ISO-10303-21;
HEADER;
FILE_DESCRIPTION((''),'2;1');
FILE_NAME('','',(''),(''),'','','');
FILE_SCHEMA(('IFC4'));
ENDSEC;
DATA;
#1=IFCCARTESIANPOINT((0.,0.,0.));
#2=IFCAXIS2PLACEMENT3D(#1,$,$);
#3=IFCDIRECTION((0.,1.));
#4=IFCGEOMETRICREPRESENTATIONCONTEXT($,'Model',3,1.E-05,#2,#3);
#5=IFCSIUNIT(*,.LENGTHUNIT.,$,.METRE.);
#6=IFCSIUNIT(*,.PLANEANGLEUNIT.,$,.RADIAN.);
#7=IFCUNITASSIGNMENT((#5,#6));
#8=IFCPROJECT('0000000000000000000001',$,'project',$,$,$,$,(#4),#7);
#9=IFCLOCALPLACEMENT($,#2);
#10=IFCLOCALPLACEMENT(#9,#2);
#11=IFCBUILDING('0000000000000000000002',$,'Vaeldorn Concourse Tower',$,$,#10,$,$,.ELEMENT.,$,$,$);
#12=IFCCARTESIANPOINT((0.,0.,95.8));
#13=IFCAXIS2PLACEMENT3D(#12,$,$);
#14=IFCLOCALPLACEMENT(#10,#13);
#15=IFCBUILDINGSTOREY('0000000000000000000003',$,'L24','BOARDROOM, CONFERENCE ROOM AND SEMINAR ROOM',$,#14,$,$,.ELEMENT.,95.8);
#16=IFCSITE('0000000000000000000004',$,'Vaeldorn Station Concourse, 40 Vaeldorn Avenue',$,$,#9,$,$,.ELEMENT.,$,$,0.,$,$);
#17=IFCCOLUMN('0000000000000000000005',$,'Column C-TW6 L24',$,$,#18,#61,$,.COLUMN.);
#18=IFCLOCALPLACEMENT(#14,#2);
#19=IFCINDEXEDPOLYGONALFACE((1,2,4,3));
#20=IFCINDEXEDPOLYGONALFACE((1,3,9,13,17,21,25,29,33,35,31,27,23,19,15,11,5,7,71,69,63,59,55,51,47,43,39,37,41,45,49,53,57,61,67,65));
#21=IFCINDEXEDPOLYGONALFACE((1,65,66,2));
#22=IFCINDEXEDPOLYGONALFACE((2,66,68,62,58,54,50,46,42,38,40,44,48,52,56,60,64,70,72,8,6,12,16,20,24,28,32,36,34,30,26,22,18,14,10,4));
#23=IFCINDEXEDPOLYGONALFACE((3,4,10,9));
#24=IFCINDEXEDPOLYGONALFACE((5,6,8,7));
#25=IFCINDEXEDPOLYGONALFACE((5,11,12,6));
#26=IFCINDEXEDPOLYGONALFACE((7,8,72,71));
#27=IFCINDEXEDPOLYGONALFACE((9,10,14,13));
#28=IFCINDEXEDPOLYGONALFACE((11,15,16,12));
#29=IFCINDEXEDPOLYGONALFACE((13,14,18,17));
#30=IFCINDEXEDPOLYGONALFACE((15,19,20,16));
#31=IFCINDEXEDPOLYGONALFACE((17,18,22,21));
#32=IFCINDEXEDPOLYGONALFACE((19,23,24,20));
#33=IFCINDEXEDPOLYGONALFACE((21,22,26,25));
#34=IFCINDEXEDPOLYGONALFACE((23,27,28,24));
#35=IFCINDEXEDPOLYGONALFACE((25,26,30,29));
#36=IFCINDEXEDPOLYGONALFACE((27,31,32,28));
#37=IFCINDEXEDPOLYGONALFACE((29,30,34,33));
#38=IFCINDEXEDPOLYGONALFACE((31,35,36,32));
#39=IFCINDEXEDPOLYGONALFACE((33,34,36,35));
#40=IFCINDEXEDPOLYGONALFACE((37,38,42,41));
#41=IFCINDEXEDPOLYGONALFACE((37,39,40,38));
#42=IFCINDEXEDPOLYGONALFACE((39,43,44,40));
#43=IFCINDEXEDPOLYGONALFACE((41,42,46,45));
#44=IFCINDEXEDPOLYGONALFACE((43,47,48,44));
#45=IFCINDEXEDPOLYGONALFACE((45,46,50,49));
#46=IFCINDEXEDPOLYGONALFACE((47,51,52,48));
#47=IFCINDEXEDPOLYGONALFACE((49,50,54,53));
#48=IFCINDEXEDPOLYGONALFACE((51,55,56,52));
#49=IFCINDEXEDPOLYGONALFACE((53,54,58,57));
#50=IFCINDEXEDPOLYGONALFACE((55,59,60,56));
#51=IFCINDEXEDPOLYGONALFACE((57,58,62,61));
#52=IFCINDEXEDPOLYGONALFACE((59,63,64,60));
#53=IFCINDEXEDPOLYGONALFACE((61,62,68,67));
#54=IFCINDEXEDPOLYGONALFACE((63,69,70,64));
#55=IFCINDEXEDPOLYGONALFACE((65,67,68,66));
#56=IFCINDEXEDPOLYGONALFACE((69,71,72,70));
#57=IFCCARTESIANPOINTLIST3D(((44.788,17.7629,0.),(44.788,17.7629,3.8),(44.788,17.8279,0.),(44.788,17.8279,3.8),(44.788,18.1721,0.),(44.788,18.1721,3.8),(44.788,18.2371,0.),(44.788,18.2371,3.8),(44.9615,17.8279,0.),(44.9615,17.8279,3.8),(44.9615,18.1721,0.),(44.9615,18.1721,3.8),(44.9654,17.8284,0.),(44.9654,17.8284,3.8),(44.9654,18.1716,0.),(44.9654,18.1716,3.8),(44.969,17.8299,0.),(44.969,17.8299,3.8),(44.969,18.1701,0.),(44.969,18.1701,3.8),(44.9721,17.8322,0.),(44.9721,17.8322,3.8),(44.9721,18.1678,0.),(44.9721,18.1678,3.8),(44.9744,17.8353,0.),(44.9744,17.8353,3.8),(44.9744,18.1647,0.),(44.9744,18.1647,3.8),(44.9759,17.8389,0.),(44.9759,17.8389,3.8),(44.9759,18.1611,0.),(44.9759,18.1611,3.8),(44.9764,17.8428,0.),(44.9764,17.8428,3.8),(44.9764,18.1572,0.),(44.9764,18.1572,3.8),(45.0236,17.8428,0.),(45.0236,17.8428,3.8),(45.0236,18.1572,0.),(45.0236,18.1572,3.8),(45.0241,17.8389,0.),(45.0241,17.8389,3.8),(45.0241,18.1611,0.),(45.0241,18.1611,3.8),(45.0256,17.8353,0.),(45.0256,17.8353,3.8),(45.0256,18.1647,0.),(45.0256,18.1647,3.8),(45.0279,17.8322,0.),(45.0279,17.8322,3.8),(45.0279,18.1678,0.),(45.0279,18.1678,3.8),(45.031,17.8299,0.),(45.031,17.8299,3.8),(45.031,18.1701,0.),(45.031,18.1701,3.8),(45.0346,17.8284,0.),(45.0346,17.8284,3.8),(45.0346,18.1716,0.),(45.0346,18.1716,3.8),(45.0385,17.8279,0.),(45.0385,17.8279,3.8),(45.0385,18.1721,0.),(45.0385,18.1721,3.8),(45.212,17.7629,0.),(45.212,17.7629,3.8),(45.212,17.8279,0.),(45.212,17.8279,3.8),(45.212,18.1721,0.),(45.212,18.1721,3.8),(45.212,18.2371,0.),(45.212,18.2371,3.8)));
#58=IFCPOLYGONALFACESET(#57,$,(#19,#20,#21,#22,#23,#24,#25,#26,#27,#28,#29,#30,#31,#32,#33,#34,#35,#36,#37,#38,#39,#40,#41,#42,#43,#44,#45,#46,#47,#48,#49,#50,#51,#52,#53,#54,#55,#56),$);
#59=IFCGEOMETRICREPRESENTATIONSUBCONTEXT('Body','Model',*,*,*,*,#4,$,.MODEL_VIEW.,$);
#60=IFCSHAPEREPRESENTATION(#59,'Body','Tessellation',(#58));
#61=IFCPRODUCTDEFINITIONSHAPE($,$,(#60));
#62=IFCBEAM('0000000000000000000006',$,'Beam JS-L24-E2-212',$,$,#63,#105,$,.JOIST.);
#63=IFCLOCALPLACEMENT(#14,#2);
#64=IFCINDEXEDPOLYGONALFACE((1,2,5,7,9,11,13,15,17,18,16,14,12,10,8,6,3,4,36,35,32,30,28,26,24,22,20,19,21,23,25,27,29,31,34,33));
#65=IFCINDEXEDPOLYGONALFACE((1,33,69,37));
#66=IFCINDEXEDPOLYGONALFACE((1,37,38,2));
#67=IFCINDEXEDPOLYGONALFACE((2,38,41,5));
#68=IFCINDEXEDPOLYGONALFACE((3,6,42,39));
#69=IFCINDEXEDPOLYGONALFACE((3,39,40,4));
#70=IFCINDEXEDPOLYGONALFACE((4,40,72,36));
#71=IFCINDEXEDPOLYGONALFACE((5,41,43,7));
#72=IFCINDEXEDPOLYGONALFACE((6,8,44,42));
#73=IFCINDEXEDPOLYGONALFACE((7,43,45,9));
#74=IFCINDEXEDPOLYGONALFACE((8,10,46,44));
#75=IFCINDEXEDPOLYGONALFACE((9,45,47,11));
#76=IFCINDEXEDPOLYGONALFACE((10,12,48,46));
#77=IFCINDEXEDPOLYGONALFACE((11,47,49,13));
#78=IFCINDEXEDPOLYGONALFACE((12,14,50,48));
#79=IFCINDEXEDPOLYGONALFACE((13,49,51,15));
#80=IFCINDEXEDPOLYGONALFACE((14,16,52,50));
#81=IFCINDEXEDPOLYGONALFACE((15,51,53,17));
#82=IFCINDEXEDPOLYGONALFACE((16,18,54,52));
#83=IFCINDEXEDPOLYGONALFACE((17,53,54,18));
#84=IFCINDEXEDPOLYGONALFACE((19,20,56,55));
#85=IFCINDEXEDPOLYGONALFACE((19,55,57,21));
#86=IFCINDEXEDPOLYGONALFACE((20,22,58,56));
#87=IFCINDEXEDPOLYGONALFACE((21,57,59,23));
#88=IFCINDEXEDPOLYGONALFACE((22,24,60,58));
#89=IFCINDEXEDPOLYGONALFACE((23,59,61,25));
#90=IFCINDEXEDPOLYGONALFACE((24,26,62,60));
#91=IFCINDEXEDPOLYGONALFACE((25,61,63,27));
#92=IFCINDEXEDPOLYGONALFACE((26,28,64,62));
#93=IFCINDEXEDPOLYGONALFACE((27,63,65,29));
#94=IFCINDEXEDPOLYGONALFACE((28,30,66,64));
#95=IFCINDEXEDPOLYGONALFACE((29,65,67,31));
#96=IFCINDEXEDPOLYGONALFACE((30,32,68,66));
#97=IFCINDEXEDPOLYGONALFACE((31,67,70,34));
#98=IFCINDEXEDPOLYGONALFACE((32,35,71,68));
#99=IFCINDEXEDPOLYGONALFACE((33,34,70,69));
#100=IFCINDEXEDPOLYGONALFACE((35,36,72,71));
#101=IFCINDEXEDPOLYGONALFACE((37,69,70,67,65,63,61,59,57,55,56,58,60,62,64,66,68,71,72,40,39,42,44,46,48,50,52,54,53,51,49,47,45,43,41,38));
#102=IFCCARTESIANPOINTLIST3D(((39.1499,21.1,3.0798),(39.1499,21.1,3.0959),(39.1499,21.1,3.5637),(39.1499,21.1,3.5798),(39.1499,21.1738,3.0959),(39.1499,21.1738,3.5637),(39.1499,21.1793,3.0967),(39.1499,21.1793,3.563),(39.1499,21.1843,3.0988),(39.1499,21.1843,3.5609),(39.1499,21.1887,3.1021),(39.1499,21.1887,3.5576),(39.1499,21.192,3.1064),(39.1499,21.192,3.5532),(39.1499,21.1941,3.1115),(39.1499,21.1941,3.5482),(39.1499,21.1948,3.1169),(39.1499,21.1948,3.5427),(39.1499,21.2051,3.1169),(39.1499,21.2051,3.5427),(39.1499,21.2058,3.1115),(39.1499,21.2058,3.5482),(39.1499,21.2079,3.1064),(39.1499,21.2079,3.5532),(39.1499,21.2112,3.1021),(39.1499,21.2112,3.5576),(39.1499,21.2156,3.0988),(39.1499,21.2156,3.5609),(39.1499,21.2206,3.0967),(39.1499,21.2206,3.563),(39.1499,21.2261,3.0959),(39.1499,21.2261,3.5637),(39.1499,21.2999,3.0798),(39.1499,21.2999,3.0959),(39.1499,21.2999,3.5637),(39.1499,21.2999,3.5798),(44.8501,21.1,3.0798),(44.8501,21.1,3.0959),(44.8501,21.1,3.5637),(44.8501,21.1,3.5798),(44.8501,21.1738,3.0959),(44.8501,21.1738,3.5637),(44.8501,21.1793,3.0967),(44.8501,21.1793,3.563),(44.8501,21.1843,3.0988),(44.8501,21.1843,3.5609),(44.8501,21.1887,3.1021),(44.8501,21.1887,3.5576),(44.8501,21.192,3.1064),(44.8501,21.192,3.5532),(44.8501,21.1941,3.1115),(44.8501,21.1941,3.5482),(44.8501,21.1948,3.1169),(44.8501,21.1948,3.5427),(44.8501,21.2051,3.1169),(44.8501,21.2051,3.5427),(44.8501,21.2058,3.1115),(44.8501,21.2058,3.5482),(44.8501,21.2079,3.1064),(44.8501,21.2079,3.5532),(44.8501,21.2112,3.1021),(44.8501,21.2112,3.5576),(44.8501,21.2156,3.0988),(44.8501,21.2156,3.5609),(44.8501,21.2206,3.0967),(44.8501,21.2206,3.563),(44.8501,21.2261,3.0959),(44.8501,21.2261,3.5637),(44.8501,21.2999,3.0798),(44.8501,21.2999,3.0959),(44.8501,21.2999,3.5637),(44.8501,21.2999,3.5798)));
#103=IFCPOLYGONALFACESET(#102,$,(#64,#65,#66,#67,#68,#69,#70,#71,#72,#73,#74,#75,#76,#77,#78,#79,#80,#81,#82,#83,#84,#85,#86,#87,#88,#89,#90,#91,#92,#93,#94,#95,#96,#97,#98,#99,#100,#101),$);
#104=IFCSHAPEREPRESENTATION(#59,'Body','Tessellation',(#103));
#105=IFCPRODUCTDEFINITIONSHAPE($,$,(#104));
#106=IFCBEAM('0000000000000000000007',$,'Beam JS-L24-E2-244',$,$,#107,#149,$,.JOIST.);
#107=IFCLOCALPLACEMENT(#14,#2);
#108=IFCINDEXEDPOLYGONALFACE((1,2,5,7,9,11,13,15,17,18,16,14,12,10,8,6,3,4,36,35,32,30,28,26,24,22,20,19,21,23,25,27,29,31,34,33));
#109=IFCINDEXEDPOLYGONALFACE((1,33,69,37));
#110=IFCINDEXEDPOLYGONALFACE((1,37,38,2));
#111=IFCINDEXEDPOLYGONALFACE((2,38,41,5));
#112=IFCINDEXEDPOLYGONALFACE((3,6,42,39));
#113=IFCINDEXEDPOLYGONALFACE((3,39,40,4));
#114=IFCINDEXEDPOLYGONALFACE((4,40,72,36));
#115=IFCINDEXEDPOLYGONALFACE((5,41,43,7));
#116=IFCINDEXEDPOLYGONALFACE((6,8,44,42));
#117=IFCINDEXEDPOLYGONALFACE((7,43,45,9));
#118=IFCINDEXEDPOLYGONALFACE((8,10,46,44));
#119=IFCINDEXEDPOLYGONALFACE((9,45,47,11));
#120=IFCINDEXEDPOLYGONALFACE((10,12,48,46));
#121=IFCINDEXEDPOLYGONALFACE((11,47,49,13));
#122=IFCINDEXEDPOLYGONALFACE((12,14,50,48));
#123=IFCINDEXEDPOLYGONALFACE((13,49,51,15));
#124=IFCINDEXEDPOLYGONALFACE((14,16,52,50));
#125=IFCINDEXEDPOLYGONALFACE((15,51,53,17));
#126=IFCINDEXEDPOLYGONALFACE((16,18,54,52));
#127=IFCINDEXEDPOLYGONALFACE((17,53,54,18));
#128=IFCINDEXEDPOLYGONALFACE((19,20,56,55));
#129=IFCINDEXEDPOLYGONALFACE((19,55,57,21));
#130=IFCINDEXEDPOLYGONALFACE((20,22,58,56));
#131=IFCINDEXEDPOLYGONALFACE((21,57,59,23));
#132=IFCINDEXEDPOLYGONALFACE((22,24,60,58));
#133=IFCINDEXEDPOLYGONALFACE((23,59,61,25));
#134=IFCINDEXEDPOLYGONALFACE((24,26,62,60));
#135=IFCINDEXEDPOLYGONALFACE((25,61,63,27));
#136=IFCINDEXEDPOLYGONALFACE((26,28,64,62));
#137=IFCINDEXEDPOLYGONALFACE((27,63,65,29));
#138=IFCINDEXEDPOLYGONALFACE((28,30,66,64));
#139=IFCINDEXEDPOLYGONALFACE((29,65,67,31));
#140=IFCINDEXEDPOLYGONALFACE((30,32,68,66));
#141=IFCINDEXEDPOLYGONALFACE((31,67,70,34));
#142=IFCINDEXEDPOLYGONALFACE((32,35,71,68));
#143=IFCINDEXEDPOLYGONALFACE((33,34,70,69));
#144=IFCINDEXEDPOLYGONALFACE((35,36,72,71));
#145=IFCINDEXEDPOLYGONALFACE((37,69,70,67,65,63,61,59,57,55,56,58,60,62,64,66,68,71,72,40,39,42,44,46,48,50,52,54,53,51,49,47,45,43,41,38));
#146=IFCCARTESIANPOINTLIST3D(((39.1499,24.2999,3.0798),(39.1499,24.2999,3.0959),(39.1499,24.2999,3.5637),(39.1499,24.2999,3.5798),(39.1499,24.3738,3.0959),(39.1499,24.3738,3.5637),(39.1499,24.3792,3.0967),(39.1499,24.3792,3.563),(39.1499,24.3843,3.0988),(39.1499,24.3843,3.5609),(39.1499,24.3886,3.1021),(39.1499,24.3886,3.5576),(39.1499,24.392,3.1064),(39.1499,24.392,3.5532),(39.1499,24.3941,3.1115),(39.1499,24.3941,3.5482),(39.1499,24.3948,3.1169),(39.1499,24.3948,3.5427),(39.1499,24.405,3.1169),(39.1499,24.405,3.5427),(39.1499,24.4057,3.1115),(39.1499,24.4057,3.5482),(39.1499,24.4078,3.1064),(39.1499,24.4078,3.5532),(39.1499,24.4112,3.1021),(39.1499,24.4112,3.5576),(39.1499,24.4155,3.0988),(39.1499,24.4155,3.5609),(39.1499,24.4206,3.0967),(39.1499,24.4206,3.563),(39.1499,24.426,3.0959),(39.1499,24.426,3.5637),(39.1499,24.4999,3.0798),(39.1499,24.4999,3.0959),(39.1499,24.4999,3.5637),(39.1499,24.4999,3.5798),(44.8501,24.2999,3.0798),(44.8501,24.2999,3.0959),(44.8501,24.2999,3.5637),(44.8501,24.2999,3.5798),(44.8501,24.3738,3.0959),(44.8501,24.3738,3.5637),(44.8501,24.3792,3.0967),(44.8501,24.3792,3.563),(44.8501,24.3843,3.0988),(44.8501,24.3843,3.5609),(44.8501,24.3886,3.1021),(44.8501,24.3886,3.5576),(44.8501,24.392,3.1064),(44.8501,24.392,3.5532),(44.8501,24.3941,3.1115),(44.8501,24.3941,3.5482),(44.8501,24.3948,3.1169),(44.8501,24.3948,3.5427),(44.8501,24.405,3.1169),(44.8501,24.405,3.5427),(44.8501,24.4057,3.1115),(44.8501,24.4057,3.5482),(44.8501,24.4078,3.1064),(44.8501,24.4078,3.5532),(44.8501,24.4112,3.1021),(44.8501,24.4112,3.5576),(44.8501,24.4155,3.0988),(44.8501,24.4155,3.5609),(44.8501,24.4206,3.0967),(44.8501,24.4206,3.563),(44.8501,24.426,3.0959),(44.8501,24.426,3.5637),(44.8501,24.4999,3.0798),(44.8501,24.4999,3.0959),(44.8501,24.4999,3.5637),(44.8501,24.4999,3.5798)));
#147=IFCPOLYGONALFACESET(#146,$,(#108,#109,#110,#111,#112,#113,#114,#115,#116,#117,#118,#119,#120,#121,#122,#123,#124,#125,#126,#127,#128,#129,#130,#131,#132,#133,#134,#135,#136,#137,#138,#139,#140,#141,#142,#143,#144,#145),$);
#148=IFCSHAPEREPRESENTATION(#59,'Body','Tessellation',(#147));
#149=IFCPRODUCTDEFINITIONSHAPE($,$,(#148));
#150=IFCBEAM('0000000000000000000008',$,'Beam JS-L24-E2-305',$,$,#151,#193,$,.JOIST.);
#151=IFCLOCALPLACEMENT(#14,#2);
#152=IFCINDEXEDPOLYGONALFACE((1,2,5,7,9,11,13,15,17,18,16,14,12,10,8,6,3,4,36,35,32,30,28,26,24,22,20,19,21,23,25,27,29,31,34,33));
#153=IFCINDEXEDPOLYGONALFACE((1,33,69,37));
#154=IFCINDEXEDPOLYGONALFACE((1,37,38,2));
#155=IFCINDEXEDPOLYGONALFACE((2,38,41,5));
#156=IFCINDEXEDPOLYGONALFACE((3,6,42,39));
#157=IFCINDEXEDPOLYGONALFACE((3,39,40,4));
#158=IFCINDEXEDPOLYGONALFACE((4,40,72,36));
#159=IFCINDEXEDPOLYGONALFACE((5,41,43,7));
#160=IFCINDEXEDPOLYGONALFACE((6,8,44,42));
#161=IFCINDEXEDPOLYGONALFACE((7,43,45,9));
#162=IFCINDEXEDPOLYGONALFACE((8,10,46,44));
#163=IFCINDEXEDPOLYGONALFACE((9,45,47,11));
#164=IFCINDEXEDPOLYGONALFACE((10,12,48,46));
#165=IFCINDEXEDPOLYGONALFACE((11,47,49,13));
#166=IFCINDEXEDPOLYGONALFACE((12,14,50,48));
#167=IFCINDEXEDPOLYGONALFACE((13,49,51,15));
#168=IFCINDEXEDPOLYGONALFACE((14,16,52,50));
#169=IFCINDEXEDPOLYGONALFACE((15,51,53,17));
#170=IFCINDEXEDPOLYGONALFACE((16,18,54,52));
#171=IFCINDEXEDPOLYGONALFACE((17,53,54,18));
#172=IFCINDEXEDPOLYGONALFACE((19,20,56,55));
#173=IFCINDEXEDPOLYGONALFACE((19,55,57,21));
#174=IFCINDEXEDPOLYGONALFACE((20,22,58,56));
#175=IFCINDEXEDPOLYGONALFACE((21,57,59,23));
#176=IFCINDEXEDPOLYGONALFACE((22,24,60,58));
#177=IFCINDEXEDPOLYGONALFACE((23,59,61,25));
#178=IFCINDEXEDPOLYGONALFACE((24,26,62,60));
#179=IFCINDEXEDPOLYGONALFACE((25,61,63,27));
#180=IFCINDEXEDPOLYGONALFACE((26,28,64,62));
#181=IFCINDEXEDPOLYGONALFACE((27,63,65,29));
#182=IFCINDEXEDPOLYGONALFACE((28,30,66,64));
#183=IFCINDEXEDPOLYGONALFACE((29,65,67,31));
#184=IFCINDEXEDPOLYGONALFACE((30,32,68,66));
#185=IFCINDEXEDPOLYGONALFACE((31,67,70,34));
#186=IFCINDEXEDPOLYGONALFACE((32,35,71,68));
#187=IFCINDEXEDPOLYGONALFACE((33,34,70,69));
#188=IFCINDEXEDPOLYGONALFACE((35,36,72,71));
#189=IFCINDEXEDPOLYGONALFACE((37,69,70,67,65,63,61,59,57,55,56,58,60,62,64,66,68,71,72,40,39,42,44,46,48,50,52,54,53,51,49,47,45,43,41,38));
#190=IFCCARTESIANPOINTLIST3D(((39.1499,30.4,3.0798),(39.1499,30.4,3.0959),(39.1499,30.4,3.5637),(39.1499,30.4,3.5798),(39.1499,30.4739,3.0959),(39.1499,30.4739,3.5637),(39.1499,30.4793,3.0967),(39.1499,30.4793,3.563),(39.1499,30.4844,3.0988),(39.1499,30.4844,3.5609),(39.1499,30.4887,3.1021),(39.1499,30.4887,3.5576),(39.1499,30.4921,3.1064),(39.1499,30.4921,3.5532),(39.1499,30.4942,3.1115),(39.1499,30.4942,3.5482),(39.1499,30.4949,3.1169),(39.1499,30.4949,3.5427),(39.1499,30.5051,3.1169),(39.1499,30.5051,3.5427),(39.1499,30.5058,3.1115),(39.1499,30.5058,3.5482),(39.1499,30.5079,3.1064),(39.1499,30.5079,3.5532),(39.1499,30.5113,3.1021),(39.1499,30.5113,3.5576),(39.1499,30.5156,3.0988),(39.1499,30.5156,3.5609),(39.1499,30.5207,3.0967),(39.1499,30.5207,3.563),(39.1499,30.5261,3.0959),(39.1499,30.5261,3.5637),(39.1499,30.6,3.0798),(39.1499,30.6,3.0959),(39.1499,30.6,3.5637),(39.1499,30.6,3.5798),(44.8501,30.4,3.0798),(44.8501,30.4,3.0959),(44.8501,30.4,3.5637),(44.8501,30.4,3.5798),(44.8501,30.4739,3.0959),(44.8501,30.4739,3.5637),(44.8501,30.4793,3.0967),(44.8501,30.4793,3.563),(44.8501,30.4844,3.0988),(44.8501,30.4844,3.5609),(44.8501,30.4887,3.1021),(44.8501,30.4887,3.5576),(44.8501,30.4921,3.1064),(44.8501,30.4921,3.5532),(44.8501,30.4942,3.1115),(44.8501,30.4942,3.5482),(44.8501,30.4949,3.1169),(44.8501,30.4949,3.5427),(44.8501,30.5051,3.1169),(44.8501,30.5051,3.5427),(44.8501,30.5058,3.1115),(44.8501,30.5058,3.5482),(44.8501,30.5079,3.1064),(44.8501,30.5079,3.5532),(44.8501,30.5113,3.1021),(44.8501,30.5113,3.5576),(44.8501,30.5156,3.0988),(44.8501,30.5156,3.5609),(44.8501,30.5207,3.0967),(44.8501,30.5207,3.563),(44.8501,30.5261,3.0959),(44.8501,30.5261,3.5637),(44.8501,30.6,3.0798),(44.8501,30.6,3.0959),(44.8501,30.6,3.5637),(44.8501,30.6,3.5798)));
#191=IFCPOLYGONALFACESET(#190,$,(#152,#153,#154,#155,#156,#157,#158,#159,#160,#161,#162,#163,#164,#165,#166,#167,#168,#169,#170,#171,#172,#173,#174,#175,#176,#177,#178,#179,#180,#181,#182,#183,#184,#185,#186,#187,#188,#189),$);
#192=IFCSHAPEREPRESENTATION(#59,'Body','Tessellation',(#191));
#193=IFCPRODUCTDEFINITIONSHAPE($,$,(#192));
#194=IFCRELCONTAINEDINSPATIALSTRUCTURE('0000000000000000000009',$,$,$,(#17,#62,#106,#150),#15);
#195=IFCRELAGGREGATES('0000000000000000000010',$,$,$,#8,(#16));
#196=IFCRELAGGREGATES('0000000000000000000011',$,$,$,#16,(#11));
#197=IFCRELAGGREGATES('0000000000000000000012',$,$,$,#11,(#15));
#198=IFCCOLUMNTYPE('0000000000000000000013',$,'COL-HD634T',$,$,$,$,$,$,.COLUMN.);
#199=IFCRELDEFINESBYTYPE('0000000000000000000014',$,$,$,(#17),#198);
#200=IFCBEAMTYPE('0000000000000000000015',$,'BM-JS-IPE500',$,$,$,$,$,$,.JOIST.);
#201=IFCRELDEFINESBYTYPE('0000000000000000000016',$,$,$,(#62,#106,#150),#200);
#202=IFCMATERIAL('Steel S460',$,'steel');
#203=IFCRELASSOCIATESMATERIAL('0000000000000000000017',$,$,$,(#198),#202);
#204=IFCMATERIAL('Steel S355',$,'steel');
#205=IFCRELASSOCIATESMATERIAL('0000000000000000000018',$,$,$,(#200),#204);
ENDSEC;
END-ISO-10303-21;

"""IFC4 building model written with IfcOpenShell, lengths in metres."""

from ifc_helpers import new_model, si_unit, direction, frame, origin, origin_2d, place, context, subcontext, project, spatial, i_section, extrude, source, transform, mapped, material, material_profile, profile_set, type_object, element, save


model = new_model("IFC4")

# Units and contexts
model_context = context("Model", 3, precision=1e-05, world=origin(), true_north=direction((0.0, 1.0)))
body_context = subcontext(model_context, "Body", "Model", "MODEL_VIEW")
ifc_project = project(units=[si_unit("LENGTHUNIT", "METRE"), si_unit("PLANEANGLEUNIT", "RADIAN")], contexts=[model_context])

# Site, building, storey
site_placement = place(None, origin())
site = spatial("IfcSite", under=ifc_project, at=site_placement, Name="Vaeldorn Station Concourse, 40 Vaeldorn Avenue", CompositionType="ELEMENT", RefElevation=0.0)
building_placement = place(site_placement, origin())
building = spatial("IfcBuilding", under=site, at=building_placement, Name="Vaeldorn Concourse Tower", CompositionType="ELEMENT")
storey_placement = place(building_placement, frame((0.0, 0.0, 95.8)))
storey = spatial("IfcBuildingStorey", under=building, at=storey_placement, Name="L24", Description="BOARDROOM, CONFERENCE ROOM AND SEMINAR ROOM", CompositionType="ELEMENT", Elevation=95.8)

# Column
ifc_material_1 = material(Name="Steel S460", Category="steel")
ifc_material_profile_1 = material_profile(ifc_material_1, i_section(OverallWidth=0.4241, OverallDepth=0.4741, WebThickness=0.0471, FlangeThickness=0.0649, FilletRadius=0.0149, at=origin_2d()), Name="HD 400x634")
ifc_profile_set_1 = profile_set([ifc_material_profile_1], Name="Steel S460")
column_type_1 = type_object("IfcColumnType", Name="COL-HD634T", PredefinedType="COLUMN", material=ifc_profile_set_1)
shared_shape_1 = source(origin(), body_context, "Body", "SweptSolid", [
    extrude(i_section(OverallWidth=0.4241, OverallDepth=0.4741, WebThickness=0.0471, FlangeThickness=0.0649, FilletRadius=0.0149, at=origin_2d()), origin(), (0.0, 0.0, 1.0), 3.8),
])
for number, where, z_axis, x_axis, name in (
    (1, (45.0, 18.0, 0.0), (0.0, 0.0, 1.0), (1.0, 0.0, 0.0), "Column C-TW6 L24"),
):
    element("IfcColumn", number, at=place(storey_placement, frame(where, z_axis=z_axis, x_axis=x_axis)), inside=storey, type_object=column_type_1, Name=name, PredefinedType="COLUMN", context=body_context, shape_type="MappedRepresentation", body=[
        mapped(shared_shape_1, transform((0.0, 0.0, 0.0), scale=1.0)),
    ])

# Beams
ifc_material_2 = material(Name="Steel S355", Category="steel")
ifc_material_profile_2 = material_profile(ifc_material_2, i_section(OverallWidth=0.2, OverallDepth=0.5, WebThickness=0.0103, FlangeThickness=0.0161, FilletRadius=0.021, at=origin_2d()), Name="IPE 500")
ifc_profile_set_2 = profile_set([ifc_material_profile_2], Name="Steel S355")
beam_type_1 = type_object("IfcBeamType", Name="BM-JS-IPE500", PredefinedType="JOIST", material=ifc_profile_set_2)
shared_shape_2 = source(origin(), body_context, "Body", "SweptSolid", [
    extrude(i_section(OverallWidth=0.2, OverallDepth=0.5, WebThickness=0.0103, FlangeThickness=0.0161, FilletRadius=0.021, at=origin_2d()), origin(), (0.0, 0.0, 1.0), 5.7002),
])
for number, where, z_axis, x_axis, name in (
    (2, (39.1499, 21.2, 3.3298), (1.0, 0.0, 0.0), (0.0, 1.0, 0.0), "Beam JS-L24-E2-212"),
    (3, (39.1499, 24.3999, 3.3298), (1.0, 0.0, 0.0), (0.0, 1.0, 0.0), "Beam JS-L24-E2-244"),
    (4, (39.1499, 30.5, 3.3298), (1.0, 0.0, 0.0), (0.0, 1.0, 0.0), "Beam JS-L24-E2-305"),
):
    element("IfcBeam", number, at=place(storey_placement, frame(where, z_axis=z_axis, x_axis=x_axis)), inside=storey, type_object=beam_type_1, Name=name, PredefinedType="JOIST", context=body_context, shape_type="MappedRepresentation", body=[
        mapped(shared_shape_2, transform((0.0, 0.0, 0.0), scale=1.0)),
    ])

save(model, "model.ifc")
